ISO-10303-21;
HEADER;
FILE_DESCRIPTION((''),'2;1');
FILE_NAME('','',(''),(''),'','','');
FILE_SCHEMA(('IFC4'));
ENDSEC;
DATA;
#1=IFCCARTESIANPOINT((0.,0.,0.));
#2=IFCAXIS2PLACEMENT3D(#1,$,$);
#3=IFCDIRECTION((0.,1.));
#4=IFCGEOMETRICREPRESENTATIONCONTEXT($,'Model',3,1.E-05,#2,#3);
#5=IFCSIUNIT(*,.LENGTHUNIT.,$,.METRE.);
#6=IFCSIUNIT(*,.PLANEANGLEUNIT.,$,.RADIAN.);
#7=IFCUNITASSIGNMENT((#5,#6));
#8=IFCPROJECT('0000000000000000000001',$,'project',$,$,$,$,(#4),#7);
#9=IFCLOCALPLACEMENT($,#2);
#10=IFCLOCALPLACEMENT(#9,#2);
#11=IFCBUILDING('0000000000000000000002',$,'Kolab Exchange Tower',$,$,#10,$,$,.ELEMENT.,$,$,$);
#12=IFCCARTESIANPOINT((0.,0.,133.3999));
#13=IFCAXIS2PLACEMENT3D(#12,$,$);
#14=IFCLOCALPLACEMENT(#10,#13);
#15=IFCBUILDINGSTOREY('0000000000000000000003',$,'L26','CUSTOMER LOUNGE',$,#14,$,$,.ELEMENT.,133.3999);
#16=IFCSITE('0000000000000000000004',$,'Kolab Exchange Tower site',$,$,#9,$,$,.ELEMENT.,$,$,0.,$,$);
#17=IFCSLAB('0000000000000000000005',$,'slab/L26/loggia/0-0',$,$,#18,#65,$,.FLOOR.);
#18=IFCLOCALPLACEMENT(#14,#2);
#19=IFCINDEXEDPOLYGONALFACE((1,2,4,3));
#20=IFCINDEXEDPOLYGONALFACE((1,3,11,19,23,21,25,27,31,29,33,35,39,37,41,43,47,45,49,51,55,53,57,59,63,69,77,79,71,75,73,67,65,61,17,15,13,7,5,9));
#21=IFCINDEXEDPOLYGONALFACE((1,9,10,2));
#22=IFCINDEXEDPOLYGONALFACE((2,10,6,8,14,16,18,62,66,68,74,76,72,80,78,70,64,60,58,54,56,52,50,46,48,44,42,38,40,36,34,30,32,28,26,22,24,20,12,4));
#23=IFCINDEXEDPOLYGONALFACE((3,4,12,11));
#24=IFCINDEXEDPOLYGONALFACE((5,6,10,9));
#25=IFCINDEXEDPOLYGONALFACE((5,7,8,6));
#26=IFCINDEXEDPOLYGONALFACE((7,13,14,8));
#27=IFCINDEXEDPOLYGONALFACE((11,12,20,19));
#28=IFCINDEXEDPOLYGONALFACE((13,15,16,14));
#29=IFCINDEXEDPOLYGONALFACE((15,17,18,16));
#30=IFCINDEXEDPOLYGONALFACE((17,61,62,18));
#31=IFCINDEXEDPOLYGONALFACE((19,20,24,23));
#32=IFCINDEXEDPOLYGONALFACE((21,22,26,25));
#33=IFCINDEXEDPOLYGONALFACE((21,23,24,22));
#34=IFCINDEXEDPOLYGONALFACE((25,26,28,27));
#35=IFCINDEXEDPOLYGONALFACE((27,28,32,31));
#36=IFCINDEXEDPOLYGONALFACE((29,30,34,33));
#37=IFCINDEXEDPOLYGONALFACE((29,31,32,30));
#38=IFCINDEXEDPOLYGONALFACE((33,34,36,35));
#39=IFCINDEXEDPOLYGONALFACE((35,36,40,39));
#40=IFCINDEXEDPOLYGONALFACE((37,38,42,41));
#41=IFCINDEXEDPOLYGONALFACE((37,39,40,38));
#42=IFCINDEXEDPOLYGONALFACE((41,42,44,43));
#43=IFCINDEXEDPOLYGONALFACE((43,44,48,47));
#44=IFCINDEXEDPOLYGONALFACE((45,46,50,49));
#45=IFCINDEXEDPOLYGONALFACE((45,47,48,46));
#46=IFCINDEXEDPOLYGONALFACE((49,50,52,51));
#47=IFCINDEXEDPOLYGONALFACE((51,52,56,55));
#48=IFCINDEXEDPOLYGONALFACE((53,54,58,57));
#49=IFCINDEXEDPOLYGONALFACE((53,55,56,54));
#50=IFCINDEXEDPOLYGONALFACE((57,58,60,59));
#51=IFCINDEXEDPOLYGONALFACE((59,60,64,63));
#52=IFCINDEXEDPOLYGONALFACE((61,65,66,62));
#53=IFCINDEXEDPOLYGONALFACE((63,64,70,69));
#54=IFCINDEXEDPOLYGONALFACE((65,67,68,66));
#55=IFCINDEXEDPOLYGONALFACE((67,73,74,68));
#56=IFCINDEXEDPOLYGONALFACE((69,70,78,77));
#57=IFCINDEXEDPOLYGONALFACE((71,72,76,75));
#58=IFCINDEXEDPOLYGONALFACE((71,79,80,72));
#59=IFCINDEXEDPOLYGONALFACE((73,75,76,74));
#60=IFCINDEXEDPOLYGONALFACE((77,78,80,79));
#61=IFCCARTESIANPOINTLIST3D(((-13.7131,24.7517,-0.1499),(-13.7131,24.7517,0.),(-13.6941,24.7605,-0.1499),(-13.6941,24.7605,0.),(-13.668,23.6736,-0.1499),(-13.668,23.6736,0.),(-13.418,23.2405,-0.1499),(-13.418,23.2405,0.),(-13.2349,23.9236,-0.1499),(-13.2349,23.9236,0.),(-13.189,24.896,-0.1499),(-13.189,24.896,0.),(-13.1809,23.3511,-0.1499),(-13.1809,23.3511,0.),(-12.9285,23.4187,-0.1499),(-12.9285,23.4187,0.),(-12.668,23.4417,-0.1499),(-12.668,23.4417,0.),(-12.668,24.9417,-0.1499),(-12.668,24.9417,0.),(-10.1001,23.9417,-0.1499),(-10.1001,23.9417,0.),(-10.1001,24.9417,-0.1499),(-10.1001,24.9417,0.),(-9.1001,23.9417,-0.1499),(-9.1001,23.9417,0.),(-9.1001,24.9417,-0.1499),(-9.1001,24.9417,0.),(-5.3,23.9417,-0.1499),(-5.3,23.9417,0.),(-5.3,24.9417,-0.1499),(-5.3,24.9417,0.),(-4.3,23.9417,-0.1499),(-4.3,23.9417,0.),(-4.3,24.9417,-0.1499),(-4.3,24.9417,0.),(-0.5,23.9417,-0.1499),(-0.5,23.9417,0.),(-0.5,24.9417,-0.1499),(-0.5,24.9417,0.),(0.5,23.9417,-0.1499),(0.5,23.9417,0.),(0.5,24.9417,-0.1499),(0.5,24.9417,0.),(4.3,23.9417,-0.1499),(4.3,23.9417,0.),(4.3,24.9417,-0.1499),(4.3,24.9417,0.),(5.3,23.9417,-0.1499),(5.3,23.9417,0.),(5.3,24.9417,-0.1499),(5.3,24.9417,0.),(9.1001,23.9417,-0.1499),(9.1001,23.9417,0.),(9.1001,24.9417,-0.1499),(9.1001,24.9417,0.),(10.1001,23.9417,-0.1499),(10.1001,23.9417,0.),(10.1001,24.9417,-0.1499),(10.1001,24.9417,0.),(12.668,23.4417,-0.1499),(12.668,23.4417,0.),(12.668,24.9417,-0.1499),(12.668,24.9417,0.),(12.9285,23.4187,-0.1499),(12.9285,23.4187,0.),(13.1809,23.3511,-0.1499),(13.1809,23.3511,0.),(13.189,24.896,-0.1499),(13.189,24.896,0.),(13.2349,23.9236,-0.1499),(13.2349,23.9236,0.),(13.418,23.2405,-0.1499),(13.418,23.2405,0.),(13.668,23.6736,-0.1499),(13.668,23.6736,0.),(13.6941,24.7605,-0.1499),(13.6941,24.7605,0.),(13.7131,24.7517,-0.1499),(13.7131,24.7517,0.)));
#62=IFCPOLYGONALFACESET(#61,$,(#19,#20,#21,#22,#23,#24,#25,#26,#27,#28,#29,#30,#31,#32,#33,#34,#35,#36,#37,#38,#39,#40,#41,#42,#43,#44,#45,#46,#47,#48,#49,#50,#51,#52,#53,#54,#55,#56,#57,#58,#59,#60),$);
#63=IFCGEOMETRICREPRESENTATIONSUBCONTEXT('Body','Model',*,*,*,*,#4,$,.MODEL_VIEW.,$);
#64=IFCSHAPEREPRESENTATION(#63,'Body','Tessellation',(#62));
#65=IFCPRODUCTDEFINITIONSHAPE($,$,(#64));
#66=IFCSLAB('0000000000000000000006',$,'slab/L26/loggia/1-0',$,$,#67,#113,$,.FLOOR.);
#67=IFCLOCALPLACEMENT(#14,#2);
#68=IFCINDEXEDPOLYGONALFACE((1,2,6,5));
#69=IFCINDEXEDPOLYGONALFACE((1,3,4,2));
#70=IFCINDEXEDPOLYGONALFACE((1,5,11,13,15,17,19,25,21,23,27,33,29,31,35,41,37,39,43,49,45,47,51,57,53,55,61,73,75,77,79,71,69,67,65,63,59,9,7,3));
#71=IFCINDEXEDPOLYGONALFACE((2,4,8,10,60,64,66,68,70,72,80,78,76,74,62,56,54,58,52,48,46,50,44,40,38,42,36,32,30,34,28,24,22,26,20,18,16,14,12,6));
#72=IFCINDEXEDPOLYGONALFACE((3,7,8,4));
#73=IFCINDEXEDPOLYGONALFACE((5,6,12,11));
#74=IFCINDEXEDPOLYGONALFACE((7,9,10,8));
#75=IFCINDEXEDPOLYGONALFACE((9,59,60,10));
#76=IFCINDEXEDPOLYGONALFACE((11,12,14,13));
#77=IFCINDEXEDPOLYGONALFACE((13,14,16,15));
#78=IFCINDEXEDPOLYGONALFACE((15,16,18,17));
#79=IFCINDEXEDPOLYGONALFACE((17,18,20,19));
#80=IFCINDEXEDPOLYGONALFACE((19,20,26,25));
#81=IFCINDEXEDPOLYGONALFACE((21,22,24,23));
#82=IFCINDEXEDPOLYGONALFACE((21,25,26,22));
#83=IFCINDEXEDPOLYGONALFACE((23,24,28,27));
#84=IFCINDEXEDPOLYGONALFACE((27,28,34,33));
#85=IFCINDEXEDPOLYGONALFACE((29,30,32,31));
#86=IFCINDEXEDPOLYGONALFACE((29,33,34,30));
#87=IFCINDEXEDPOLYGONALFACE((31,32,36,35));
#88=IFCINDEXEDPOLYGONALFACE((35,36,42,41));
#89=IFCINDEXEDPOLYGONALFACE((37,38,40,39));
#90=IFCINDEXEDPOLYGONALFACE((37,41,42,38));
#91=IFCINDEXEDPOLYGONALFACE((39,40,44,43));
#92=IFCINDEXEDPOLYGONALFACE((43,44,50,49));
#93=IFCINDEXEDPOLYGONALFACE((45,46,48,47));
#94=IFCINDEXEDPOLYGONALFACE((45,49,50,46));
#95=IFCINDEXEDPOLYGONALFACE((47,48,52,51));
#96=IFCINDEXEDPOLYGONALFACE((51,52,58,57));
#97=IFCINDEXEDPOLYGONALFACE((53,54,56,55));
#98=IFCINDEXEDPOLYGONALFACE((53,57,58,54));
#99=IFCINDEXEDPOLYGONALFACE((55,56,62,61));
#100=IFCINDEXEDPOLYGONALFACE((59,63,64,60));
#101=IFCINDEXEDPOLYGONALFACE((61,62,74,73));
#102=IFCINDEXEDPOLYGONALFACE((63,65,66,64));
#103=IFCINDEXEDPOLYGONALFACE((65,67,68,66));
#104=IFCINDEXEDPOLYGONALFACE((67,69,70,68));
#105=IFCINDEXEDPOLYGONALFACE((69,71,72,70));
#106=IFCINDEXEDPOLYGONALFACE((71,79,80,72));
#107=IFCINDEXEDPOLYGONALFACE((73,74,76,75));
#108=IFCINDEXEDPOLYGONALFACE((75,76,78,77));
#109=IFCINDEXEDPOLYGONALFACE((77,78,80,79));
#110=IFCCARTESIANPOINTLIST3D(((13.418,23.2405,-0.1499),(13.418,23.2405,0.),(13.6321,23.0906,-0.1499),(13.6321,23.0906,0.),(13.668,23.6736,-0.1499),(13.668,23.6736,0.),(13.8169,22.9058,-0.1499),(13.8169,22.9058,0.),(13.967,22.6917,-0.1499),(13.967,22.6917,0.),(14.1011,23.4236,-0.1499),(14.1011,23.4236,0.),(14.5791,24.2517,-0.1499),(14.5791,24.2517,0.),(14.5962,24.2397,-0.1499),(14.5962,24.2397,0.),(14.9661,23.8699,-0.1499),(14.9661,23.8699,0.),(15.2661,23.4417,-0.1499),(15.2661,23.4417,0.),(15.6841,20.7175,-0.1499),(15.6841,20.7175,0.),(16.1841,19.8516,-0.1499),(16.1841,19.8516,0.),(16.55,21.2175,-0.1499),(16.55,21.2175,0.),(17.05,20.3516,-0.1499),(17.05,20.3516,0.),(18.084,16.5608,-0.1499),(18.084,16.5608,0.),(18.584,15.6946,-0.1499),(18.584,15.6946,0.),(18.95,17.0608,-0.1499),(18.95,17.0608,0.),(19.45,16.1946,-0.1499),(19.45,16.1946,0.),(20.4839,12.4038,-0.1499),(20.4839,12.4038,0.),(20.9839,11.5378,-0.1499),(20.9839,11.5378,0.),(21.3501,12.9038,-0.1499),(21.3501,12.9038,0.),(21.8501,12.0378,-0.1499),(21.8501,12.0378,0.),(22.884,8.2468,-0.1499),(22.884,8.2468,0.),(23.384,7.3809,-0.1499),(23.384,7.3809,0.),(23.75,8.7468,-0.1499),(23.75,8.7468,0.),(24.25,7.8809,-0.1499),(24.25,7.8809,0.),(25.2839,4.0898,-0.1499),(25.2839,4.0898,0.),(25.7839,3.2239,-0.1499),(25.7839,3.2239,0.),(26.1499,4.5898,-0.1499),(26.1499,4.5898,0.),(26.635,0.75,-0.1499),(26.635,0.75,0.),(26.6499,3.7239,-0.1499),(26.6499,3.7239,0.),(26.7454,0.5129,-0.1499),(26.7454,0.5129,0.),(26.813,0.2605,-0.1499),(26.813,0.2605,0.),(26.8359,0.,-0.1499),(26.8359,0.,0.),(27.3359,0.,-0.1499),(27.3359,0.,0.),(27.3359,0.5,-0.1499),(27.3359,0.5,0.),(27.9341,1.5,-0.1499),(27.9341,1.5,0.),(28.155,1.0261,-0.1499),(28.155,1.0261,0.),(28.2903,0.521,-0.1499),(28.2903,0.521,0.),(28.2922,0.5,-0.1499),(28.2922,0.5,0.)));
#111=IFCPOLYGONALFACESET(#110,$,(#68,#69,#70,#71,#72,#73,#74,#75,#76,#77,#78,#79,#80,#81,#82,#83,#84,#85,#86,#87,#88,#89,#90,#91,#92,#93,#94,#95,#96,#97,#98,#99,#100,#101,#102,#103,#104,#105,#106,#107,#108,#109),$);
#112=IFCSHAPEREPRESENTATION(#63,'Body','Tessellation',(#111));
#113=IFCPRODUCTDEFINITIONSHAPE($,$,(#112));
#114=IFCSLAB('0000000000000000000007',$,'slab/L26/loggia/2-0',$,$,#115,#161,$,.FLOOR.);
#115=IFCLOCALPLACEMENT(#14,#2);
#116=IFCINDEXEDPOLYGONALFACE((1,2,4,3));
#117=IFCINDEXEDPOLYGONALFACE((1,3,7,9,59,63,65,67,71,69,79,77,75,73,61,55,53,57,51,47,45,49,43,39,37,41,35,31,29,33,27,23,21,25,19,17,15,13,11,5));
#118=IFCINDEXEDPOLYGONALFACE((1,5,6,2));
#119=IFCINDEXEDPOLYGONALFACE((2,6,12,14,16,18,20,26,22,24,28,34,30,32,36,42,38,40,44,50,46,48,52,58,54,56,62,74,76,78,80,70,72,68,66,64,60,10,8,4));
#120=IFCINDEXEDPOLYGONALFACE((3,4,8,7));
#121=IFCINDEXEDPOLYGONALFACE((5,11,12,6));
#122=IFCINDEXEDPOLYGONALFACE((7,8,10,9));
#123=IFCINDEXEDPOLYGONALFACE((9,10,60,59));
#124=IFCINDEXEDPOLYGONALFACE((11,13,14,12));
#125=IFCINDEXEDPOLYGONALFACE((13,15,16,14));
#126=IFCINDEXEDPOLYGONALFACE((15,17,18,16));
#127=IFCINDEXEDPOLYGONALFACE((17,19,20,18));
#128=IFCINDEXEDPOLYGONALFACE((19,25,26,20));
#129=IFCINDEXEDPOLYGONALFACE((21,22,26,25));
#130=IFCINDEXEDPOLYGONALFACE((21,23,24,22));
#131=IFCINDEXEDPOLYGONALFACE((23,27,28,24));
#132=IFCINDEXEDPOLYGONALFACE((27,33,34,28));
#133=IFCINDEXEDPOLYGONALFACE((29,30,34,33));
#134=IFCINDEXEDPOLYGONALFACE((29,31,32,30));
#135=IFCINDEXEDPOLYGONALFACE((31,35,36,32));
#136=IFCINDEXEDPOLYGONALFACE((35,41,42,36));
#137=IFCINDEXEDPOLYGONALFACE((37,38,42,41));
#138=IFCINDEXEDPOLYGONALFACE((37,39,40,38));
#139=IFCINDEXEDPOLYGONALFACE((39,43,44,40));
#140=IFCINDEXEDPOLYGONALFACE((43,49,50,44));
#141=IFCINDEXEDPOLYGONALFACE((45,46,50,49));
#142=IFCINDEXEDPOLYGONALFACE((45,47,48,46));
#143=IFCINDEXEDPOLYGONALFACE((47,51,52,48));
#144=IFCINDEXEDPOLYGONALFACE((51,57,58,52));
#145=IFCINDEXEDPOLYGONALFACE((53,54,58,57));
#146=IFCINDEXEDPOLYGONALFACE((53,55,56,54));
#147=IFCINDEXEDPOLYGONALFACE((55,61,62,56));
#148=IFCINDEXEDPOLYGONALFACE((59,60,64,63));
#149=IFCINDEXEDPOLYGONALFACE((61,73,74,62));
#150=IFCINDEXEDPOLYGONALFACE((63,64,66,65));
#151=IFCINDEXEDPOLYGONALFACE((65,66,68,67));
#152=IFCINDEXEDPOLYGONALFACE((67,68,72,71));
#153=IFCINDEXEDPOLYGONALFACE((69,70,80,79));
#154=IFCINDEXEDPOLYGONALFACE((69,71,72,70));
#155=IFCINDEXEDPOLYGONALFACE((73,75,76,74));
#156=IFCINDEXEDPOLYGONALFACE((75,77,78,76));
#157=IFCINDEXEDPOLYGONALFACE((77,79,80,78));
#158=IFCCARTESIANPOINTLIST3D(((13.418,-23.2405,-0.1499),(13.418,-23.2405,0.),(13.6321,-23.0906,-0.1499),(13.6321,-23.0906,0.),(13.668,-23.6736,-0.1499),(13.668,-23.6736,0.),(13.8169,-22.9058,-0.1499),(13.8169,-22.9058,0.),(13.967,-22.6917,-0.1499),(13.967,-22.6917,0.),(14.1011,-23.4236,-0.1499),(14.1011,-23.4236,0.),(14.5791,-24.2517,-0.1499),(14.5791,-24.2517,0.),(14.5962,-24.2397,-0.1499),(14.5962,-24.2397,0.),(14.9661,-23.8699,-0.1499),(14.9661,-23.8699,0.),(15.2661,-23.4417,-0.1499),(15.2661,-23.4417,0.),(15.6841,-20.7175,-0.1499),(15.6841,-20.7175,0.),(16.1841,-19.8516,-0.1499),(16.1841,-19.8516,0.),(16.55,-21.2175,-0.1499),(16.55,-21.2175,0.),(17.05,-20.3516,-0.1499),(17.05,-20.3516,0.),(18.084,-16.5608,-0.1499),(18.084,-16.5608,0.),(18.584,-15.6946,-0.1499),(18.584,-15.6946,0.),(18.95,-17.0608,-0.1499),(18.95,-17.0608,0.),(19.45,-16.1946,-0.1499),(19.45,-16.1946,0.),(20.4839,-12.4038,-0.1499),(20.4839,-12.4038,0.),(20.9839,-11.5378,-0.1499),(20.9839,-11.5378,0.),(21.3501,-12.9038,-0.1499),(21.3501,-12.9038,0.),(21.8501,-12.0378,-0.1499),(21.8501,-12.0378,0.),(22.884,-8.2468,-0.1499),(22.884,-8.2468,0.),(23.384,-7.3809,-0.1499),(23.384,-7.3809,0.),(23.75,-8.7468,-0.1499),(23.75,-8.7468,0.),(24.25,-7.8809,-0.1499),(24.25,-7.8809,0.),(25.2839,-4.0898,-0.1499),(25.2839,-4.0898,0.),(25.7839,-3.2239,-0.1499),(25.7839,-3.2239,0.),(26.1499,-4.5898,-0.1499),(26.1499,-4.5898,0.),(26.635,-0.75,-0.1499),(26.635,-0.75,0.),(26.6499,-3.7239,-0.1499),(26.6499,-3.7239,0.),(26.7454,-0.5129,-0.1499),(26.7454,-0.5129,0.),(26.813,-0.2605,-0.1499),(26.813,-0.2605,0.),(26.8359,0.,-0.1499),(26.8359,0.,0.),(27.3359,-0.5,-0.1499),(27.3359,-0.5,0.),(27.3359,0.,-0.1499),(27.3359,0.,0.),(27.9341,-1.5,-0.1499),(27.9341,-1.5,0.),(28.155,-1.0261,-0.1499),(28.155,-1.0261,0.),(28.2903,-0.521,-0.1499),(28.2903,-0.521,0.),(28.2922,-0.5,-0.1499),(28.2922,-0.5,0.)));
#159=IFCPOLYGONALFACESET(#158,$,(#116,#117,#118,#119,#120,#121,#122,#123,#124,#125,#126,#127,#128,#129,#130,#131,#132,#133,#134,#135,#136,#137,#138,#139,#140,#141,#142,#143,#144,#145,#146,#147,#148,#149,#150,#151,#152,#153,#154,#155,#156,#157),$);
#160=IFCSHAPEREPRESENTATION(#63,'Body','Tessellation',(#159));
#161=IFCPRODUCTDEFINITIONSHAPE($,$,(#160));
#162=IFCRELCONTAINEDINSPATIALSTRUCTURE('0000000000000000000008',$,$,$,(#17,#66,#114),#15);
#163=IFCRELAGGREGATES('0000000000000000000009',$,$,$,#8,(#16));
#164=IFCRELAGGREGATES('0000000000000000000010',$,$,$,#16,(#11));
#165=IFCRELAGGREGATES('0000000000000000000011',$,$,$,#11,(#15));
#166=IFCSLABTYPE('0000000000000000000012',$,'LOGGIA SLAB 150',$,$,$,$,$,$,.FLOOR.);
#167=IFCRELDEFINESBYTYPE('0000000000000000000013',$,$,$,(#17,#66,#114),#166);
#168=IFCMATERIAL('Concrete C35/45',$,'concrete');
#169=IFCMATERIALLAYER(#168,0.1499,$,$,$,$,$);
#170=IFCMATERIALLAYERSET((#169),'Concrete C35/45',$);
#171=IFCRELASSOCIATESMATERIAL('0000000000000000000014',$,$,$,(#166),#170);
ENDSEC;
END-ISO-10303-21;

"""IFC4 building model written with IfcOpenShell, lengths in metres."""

from ifc_helpers import new_model, si_unit, direction, frame, origin, place, context, subcontext, project, spatial, polyline, outline, extrude, material, layer, layer_set, type_object, element, save


model = new_model("IFC4")

# Units and contexts
model_context = context("Model", 3, precision=1e-05, world=origin(), true_north=direction((0.0, 1.0)))
body_context = subcontext(model_context, "Body", "Model", "MODEL_VIEW")
ifc_project = project(units=[si_unit("LENGTHUNIT", "METRE"), si_unit("PLANEANGLEUNIT", "RADIAN")], contexts=[model_context])

# Site, building, storey
site_placement = place(None, origin())
site = spatial("IfcSite", under=ifc_project, at=site_placement, Name="Kolab Exchange Tower site", CompositionType="ELEMENT", RefElevation=0.0)
building_placement = place(site_placement, origin())
building = spatial("IfcBuilding", under=site, at=building_placement, Name="Kolab Exchange Tower", CompositionType="ELEMENT")
storey_placement = place(building_placement, frame((0.0, 0.0, 133.3999)))
storey = spatial("IfcBuildingStorey", under=building, at=storey_placement, Name="L26", Description="CUSTOMER LOUNGE", CompositionType="ELEMENT", Elevation=133.3999)

# Slabs
ifc_material_1 = material(Name="Concrete C35/45", Category="concrete")
ifc_layer_1 = layer(ifc_material_1, 0.1499)
ifc_layer_set_1 = layer_set([ifc_layer_1], Name="Concrete C35/45")
slab_type_1 = type_object("IfcSlabType", Name="LOGGIA SLAB 150", PredefinedType="FLOOR", material=ifc_layer_set_1)
slab_1_placement = place(storey_placement, frame((0.0, 0.0, -0.1499)))
element("IfcSlab", 1, at=slab_1_placement, inside=storey, type_object=slab_type_1, Name="slab/L26/loggia/0-0", PredefinedType="FLOOR", context=body_context, shape_type="SweptSolid", body=[
    extrude(outline(polyline([(13.418, 23.2405), (13.668, 23.6736), (13.2349, 23.9236), (13.7131, 24.7517), (13.6941, 24.7605), (13.189, 24.896), (12.668, 24.9417), (10.1001, 24.9417), (10.1001, 23.9417), (9.1001, 23.9417), (9.1001, 24.9417), (5.3, 24.9417), (5.3, 23.9417), (4.3, 23.9417), (4.3, 24.9417), (0.5, 24.9417), (0.5, 23.9417), (-0.5, 23.9417), (-0.5, 24.9417), (-4.3, 24.9417), (-4.3, 23.9417), (-5.3, 23.9417), (-5.3, 24.9417), (-9.1001, 24.9417), (-9.1001, 23.9417), (-10.1001, 23.9417), (-10.1001, 24.9417), (-12.668, 24.9417), (-13.189, 24.896), (-13.6941, 24.7605), (-13.7131, 24.7517), (-13.2349, 23.9236), (-13.668, 23.6736), (-13.418, 23.2405), (-13.1809, 23.3511), (-12.9285, 23.4187), (-12.668, 23.4417), (12.668, 23.4417), (12.9285, 23.4187), (13.1809, 23.3511), (13.418, 23.2405)])), origin(), (0.0, 0.0, 1.0), 0.1499),
])
slab_2_placement = place(storey_placement, frame((0.0, 0.0, -0.1499)))
element("IfcSlab", 2, at=slab_2_placement, inside=storey, type_object=slab_type_1, Name="slab/L26/loggia/1-0", PredefinedType="FLOOR", context=body_context, shape_type="SweptSolid", body=[
    extrude(outline(polyline([(26.8359, 0.0), (27.3359, 0.0), (27.3359, 0.5), (28.2922, 0.5), (28.2903, 0.521), (28.155, 1.0261), (27.9341, 1.5), (26.6499, 3.7239), (25.7839, 3.2239), (25.2839, 4.0898), (26.1499, 4.5898), (24.25, 7.8809), (23.384, 7.3809), (22.884, 8.2468), (23.75, 8.7468), (21.8501, 12.0378), (20.9839, 11.5378), (20.4839, 12.4038), (21.3501, 12.9038), (19.45, 16.1946), (18.584, 15.6946), (18.084, 16.5608), (18.95, 17.0608), (17.05, 20.3516), (16.1841, 19.8516), (15.6841, 20.7175), (16.55, 21.2175), (15.2661, 23.4417), (14.9661, 23.8699), (14.5962, 24.2397), (14.5791, 24.2517), (14.1011, 23.4236), (13.668, 23.6736), (13.418, 23.2405), (13.6321, 23.0906), (13.8169, 22.9058), (13.967, 22.6917), (26.635, 0.75), (26.7454, 0.5129), (26.813, 0.2605), (26.8359, 0.0)])), origin(), (0.0, 0.0, 1.0), 0.1499),
])
slab_3_placement = place(storey_placement, frame((0.0, 0.0, -0.1499)))
element("IfcSlab", 3, at=slab_3_placement, inside=storey, type_object=slab_type_1, Name="slab/L26/loggia/2-0", PredefinedType="FLOOR", context=body_context, shape_type="SweptSolid", body=[
    extrude(outline(polyline([(15.2661, -23.4417), (16.55, -21.2175), (15.6841, -20.7175), (16.1841, -19.8516), (17.05, -20.3516), (18.95, -17.0608), (18.084, -16.5608), (18.584, -15.6946), (19.45, -16.1946), (21.3501, -12.9038), (20.4839, -12.4038), (20.9839, -11.5378), (21.8501, -12.0378), (23.75, -8.7468), (22.884, -8.2468), (23.384, -7.3809), (24.25, -7.8809), (26.1499, -4.5898), (25.2839, -4.0898), (25.7839, -3.2239), (26.6499, -3.7239), (27.9341, -1.5), (28.155, -1.0261), (28.2903, -0.521), (28.2922, -0.5), (27.3359, -0.5), (27.3359, 0.0), (26.8359, 0.0), (26.813, -0.2605), (26.7454, -0.5129), (26.635, -0.75), (13.967, -22.6917), (13.8169, -22.9058), (13.6321, -23.0906), (13.418, -23.2405), (13.668, -23.6736), (14.1011, -23.4236), (14.5791, -24.2517), (14.5962, -24.2397), (14.9661, -23.8699), (15.2661, -23.4417)])), origin(), (0.0, 0.0, 1.0), 0.1499),
])

save(model, "model.ifc")
